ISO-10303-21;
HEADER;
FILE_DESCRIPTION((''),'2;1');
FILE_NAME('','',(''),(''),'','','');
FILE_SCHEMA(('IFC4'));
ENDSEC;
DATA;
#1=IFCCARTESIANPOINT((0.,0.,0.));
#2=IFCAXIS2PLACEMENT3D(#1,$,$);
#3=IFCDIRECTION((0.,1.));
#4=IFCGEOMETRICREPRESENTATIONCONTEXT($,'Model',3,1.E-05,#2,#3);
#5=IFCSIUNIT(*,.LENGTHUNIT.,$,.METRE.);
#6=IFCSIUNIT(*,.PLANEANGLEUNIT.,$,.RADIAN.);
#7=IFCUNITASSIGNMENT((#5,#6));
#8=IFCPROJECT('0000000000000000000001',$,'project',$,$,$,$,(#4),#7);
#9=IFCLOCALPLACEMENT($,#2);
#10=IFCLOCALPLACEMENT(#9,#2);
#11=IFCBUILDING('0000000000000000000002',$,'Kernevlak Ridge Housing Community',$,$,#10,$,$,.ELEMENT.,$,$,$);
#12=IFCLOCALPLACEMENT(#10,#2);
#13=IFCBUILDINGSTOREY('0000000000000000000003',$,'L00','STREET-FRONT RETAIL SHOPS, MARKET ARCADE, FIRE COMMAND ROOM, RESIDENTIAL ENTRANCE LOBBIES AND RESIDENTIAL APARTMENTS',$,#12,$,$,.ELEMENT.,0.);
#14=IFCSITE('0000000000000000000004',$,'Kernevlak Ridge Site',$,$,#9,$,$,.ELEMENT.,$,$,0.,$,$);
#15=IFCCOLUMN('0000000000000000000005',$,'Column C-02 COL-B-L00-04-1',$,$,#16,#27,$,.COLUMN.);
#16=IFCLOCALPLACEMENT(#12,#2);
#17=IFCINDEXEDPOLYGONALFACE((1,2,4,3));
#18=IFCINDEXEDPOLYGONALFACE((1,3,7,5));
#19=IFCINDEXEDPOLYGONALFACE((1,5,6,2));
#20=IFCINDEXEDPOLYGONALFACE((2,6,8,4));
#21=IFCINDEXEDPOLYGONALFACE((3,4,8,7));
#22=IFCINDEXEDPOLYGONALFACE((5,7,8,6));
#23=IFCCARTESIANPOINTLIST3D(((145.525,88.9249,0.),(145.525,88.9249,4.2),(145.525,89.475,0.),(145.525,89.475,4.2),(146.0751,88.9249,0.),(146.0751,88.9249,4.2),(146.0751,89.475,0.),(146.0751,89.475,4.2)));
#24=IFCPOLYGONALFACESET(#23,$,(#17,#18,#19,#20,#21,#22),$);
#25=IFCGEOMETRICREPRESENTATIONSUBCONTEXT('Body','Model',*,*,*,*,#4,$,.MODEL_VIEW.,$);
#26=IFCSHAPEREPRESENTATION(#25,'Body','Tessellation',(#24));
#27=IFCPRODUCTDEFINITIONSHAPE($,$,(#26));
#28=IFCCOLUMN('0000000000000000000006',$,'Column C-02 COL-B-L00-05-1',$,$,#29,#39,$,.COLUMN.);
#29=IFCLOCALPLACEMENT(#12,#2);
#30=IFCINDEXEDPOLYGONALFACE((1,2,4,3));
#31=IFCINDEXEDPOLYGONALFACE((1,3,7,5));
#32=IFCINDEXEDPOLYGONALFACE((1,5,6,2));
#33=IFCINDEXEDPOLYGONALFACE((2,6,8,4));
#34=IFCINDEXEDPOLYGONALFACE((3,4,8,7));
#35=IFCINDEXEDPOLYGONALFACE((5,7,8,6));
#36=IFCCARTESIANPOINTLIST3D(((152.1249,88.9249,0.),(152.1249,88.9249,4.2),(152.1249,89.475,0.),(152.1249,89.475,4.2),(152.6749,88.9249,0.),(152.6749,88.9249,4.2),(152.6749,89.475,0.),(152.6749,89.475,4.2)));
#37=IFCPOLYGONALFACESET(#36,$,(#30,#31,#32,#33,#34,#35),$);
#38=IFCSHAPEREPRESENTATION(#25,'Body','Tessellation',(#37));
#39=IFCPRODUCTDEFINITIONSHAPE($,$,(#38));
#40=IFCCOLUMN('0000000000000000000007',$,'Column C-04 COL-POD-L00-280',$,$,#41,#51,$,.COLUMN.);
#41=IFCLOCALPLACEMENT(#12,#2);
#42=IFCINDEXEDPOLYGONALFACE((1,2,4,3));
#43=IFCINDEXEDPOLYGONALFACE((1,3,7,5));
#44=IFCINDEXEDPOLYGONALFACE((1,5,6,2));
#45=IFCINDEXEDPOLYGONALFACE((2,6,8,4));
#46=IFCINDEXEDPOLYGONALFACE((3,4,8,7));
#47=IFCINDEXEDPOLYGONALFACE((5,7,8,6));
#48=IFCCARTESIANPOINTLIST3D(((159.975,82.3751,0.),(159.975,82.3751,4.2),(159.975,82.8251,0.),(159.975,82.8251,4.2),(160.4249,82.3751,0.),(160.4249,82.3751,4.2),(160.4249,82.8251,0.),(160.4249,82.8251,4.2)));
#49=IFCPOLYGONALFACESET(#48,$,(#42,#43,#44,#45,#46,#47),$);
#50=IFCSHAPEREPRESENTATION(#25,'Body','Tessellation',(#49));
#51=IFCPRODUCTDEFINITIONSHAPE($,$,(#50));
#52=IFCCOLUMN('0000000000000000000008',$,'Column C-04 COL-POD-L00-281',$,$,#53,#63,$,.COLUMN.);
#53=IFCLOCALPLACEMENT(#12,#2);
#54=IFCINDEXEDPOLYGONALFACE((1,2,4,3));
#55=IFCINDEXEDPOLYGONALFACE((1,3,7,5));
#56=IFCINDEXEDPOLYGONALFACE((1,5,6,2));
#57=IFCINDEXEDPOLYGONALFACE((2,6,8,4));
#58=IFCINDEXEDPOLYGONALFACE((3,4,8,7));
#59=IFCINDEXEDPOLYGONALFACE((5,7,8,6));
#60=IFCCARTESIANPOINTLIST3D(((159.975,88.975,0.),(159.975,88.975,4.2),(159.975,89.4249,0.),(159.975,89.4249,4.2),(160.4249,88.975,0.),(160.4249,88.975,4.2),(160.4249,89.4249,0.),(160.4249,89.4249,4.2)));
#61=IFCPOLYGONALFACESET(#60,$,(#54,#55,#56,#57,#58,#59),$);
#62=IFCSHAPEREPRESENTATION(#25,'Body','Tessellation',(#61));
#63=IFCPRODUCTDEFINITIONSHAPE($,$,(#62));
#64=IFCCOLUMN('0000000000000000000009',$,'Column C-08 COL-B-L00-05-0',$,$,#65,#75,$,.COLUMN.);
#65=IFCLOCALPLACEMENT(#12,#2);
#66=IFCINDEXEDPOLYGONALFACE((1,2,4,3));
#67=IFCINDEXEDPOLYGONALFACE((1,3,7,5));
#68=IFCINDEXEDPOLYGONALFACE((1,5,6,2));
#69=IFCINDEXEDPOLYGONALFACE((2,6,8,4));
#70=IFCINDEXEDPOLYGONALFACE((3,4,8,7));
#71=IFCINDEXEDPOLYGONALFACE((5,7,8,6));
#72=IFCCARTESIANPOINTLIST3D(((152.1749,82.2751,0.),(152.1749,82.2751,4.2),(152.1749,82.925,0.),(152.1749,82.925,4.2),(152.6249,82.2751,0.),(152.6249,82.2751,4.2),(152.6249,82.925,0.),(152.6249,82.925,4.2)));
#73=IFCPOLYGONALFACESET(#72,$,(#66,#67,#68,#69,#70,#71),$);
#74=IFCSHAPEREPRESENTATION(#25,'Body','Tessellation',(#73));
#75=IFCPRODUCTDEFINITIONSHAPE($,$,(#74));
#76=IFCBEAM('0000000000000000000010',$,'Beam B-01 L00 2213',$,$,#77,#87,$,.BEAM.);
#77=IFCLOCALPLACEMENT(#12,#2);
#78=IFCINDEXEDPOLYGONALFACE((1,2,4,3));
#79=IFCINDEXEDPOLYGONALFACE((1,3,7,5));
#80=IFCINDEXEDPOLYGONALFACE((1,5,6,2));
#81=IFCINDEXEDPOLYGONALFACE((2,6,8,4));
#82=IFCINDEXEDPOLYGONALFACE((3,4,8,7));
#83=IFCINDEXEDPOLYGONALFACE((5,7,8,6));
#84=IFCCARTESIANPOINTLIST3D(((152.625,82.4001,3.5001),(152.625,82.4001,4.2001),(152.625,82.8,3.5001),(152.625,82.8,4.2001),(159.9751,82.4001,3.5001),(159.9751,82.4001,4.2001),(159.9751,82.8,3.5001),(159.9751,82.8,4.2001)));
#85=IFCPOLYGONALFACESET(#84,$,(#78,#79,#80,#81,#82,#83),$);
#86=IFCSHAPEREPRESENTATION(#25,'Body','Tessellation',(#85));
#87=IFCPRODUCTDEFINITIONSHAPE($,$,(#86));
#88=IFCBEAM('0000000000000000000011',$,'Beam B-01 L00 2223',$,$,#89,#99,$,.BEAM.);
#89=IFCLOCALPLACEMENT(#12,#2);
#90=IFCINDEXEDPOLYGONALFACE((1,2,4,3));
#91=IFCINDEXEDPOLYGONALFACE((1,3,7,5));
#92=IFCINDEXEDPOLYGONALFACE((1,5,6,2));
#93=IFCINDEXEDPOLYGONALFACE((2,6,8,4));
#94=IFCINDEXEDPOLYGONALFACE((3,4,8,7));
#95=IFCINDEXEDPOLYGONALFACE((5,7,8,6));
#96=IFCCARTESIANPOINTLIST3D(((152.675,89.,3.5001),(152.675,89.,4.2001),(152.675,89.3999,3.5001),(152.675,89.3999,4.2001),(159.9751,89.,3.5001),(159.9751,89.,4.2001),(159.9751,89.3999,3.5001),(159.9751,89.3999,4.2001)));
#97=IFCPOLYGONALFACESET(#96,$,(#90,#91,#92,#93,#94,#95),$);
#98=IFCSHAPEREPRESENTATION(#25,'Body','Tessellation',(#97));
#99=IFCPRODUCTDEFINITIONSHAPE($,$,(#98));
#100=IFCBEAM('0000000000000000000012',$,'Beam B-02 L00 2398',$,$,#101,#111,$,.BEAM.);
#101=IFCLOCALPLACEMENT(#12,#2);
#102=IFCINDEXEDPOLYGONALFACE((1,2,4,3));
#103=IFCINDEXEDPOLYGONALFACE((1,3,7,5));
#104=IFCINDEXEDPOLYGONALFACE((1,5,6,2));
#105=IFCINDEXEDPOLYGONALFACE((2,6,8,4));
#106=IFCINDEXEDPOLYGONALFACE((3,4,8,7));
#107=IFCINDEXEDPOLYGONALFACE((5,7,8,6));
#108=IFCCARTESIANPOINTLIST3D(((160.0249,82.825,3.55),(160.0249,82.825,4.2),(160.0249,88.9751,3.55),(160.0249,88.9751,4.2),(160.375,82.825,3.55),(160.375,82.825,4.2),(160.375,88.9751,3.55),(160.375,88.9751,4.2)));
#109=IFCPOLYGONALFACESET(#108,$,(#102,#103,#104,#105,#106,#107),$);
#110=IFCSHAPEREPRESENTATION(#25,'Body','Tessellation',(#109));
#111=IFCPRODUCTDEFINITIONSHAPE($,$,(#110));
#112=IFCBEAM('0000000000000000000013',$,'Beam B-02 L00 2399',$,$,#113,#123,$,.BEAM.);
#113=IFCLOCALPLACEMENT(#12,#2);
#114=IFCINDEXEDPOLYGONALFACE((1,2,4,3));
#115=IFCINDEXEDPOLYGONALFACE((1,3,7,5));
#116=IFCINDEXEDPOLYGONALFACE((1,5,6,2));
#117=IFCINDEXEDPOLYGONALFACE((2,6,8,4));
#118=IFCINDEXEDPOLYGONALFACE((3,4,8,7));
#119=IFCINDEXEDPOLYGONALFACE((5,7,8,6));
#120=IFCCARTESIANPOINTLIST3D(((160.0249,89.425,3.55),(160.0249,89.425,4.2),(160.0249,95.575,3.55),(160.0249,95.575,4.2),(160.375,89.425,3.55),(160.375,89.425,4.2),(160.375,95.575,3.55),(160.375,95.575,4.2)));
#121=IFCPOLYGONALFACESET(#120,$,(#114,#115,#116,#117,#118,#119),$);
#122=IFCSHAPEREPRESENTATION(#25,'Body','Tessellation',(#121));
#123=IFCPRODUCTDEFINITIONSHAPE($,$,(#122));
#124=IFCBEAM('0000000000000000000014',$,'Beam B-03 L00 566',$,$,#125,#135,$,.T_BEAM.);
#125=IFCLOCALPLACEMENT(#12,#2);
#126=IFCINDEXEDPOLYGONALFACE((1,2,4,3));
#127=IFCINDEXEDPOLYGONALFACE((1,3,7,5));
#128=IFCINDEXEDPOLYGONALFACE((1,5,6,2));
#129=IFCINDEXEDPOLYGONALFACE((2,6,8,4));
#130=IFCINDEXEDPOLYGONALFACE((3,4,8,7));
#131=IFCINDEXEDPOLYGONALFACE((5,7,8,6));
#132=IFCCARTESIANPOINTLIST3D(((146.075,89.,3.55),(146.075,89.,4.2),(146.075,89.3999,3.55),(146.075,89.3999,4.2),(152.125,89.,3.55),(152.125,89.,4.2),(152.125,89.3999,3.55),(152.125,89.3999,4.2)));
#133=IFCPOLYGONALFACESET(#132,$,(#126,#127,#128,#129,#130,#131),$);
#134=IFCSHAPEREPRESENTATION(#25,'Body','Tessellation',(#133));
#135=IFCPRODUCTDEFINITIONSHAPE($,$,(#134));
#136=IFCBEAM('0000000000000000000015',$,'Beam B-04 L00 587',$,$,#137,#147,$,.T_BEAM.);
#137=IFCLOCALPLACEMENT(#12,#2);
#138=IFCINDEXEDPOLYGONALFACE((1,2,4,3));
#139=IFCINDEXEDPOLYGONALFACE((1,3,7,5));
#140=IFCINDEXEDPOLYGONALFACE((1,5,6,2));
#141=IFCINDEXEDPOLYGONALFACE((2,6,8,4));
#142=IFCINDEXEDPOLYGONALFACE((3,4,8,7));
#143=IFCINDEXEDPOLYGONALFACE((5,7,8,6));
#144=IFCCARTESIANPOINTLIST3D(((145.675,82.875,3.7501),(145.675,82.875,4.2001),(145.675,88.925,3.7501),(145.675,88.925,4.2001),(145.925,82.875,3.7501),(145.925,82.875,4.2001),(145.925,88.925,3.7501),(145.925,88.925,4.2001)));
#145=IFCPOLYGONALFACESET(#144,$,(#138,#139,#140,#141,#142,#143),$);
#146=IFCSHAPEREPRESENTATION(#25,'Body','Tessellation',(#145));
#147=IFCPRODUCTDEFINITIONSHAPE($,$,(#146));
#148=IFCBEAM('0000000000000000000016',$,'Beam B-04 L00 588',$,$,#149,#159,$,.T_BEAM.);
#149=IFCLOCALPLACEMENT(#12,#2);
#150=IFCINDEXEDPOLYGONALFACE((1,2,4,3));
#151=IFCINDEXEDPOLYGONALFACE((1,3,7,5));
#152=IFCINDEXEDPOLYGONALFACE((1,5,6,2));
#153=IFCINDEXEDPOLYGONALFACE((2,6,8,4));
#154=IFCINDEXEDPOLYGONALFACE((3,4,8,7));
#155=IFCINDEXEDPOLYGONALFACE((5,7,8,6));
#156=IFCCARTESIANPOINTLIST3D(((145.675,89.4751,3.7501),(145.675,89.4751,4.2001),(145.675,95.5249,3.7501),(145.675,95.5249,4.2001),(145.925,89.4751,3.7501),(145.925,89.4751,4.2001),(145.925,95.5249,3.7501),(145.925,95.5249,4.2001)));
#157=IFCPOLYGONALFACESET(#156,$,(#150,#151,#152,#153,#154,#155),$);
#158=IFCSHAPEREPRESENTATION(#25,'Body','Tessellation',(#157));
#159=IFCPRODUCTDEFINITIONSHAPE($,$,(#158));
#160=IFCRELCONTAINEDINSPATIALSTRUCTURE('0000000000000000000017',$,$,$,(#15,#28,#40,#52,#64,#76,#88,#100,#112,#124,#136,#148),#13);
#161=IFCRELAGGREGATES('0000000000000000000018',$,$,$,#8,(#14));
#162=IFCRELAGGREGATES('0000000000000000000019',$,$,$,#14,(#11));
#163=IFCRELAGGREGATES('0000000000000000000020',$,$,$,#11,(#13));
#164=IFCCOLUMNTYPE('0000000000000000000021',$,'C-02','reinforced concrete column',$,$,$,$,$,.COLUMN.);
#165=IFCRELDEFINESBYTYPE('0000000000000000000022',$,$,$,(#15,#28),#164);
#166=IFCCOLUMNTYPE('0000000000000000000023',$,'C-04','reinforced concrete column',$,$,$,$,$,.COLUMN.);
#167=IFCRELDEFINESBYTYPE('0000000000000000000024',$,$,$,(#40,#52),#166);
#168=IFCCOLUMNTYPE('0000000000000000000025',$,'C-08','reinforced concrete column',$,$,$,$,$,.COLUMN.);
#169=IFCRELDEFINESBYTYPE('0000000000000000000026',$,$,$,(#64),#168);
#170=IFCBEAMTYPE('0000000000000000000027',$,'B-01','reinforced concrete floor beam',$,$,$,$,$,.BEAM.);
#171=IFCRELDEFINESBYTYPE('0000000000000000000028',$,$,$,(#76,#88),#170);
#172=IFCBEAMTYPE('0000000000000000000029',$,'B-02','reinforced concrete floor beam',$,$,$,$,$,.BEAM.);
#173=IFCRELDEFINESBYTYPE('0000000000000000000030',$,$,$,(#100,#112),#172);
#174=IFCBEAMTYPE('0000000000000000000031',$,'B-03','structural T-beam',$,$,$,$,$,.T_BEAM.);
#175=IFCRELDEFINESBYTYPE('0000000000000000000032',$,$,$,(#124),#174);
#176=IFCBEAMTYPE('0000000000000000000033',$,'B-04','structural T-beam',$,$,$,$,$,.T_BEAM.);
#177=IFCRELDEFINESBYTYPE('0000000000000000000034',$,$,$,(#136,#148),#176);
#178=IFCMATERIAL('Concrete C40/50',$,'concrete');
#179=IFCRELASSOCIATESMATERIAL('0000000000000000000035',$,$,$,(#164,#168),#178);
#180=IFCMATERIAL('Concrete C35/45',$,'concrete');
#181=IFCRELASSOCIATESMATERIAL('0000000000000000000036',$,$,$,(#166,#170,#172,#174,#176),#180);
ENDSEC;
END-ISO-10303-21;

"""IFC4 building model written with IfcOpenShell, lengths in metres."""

from ifc_helpers import new_model, si_unit, direction, frame, origin, origin_2d, place, context, subcontext, project, spatial, rectangle, extrude, material, material_profile, profile_set, type_object, element, save


model = new_model("IFC4")

# Units and contexts
model_context = context("Model", 3, precision=1e-05, world=origin(), true_north=direction((0.0, 1.0)))
body_context = subcontext(model_context, "Body", "Model", "MODEL_VIEW")
ifc_project = project(units=[si_unit("LENGTHUNIT", "METRE"), si_unit("PLANEANGLEUNIT", "RADIAN")], contexts=[model_context])

# Site, building, storey
site_placement = place(None, origin())
site = spatial("IfcSite", under=ifc_project, at=site_placement, Name="Kernevlak Ridge Site", CompositionType="ELEMENT", RefElevation=0.0)
building_placement = place(site_placement, origin())
building = spatial("IfcBuilding", under=site, at=building_placement, Name="Kernevlak Ridge Housing Community", CompositionType="ELEMENT")
storey_placement = place(building_placement, origin())
storey = spatial("IfcBuildingStorey", under=building, at=storey_placement, Name="L00", Description="STREET-FRONT RETAIL SHOPS, MARKET ARCADE, FIRE COMMAND ROOM, RESIDENTIAL ENTRANCE LOBBIES AND RESIDENTIAL APARTMENTS", CompositionType="ELEMENT", Elevation=0.0)

# Columns
ifc_material_1 = material(Name="Concrete C40/50", Category="concrete")
ifc_material_profile_1 = material_profile(ifc_material_1, rectangle(XDim=0.55, YDim=0.55, at=origin_2d()), Name="RC 550x550")
ifc_profile_set_1 = profile_set([ifc_material_profile_1], Name="Concrete C40/50")
column_type_1 = type_object("IfcColumnType", Name="C-02", Description="reinforced concrete column", PredefinedType="COLUMN", material=ifc_profile_set_1)
for number, where, z_axis, x_axis, name in (
    (1, (145.8, 89.2, 0.0), (0.0, 0.0, 1.0), (1.0, 0.0, 0.0), "Column C-02 COL-B-L00-04-1"),
    (2, (152.3999, 89.2, 0.0), (0.0, 0.0, 1.0), (1.0, 0.0, 0.0), "Column C-02 COL-B-L00-05-1"),
):
    element("IfcColumn", number, at=place(storey_placement, frame(where, z_axis=z_axis, x_axis=x_axis)), inside=storey, type_object=column_type_1, Name=name, PredefinedType="COLUMN", context=body_context, shape_type="SweptSolid", body=[
        extrude(rectangle(XDim=0.55, YDim=0.55, at=origin_2d()), origin(), (0.0, 0.0, 1.0), 4.2),
    ])
ifc_material_2 = material(Name="Concrete C35/45", Category="concrete")
ifc_material_profile_2 = material_profile(ifc_material_2, rectangle(XDim=0.45, YDim=0.45, at=origin_2d()), Name="RC 450x450")
ifc_profile_set_2 = profile_set([ifc_material_profile_2], Name="Concrete C35/45")
column_type_2 = type_object("IfcColumnType", Name="C-04", Description="reinforced concrete column", PredefinedType="COLUMN", material=ifc_profile_set_2)
for number, where, z_axis, x_axis, name in (
    (3, (160.2, 82.6001, 0.0), (0.0, 0.0, 1.0), (1.0, 0.0, 0.0), "Column C-04 COL-POD-L00-280"),
    (4, (160.2, 89.2, 0.0), (0.0, 0.0, 1.0), (1.0, 0.0, 0.0), "Column C-04 COL-POD-L00-281"),
):
    element("IfcColumn", number, at=place(storey_placement, frame(where, z_axis=z_axis, x_axis=x_axis)), inside=storey, type_object=column_type_2, Name=name, PredefinedType="COLUMN", context=body_context, shape_type="SweptSolid", body=[
        extrude(rectangle(XDim=0.45, YDim=0.45, at=origin_2d()), origin(), (0.0, 0.0, 1.0), 4.2),
    ])
ifc_material_profile_3 = material_profile(ifc_material_1, rectangle(XDim=0.45, YDim=0.6499, at=origin_2d()), Name="RC 450x650")
ifc_profile_set_3 = profile_set([ifc_material_profile_3], Name="Concrete C40/50")
column_type_3 = type_object("IfcColumnType", Name="C-08", Description="reinforced concrete column", PredefinedType="COLUMN", material=ifc_profile_set_3)
column_placement = place(storey_placement, frame((152.3999, 82.6001, 0.0), z_axis=(0.0, 0.0, 1.0), x_axis=(1.0, 0.0, 0.0)))
element("IfcColumn", 5, at=column_placement, inside=storey, type_object=column_type_3, Name="Column C-08 COL-B-L00-05-0", PredefinedType="COLUMN", context=body_context, shape_type="SweptSolid", body=[
    extrude(rectangle(XDim=0.45, YDim=0.6499, at=origin_2d()), origin(), (0.0, 0.0, 1.0), 4.2),
])

# Beams
ifc_material_profile_4 = material_profile(ifc_material_2, rectangle(XDim=0.3999, YDim=0.7, at=origin_2d()), Name="RC 400x700")
ifc_profile_set_4 = profile_set([ifc_material_profile_4], Name="Concrete C35/45")
beam_type_1 = type_object("IfcBeamType", Name="B-01", Description="reinforced concrete floor beam", PredefinedType="BEAM", material=ifc_profile_set_4)
beam_1_placement = place(storey_placement, frame((152.625, 82.6001, 3.8501), z_axis=(1.0, 0.0, 0.0), x_axis=(0.0, 1.0, 0.0)))
element("IfcBeam", 6, at=beam_1_placement, inside=storey, type_object=beam_type_1, Name="Beam B-01 L00 2213", PredefinedType="BEAM", context=body_context, shape_type="SweptSolid", body=[
    extrude(rectangle(XDim=0.3999, YDim=0.7, at=origin_2d()), origin(), (0.0, 0.0, 1.0), 7.3501),
])
beam_2_placement = place(storey_placement, frame((152.675, 89.2, 3.8501), z_axis=(1.0, 0.0, 0.0), x_axis=(0.0, 1.0, 0.0)))
element("IfcBeam", 7, at=beam_2_placement, inside=storey, type_object=beam_type_1, Name="Beam B-01 L00 2223", PredefinedType="BEAM", context=body_context, shape_type="SweptSolid", body=[
    extrude(rectangle(XDim=0.3999, YDim=0.7, at=origin_2d()), origin(), (0.0, 0.0, 1.0), 7.3),
])
ifc_material_profile_5 = material_profile(ifc_material_2, rectangle(XDim=0.3501, YDim=0.6499, at=origin_2d()), Name="RC 350x650")
ifc_profile_set_5 = profile_set([ifc_material_profile_5], Name="Concrete C35/45")
beam_type_2 = type_object("IfcBeamType", Name="B-02", Description="reinforced concrete floor beam", PredefinedType="BEAM", material=ifc_profile_set_5)
beam_3_placement = place(storey_placement, frame((160.2, 82.825, 3.875), z_axis=(0.0, 1.0, 0.0), x_axis=(-1.0, 0.0, 0.0)))
element("IfcBeam", 8, at=beam_3_placement, inside=storey, type_object=beam_type_2, Name="Beam B-02 L00 2398", PredefinedType="BEAM", context=body_context, shape_type="SweptSolid", body=[
    extrude(rectangle(XDim=0.3501, YDim=0.6499, at=origin_2d()), origin(), (0.0, 0.0, 1.0), 6.1501),
])
beam_4_placement = place(storey_placement, frame((160.2, 89.425, 3.875), z_axis=(0.0, 1.0, 0.0), x_axis=(-1.0, 0.0, 0.0)))
element("IfcBeam", 9, at=beam_4_placement, inside=storey, type_object=beam_type_2, Name="Beam B-02 L00 2399", PredefinedType="BEAM", context=body_context, shape_type="SweptSolid", body=[
    extrude(rectangle(XDim=0.3501, YDim=0.6499, at=origin_2d()), origin(), (0.0, 0.0, 1.0), 6.1499),
])
ifc_material_profile_6 = material_profile(ifc_material_2, rectangle(XDim=0.3999, YDim=0.6499, at=origin_2d()), Name="RC 400x650")
ifc_profile_set_6 = profile_set([ifc_material_profile_6], Name="Concrete C35/45")
beam_type_3 = type_object("IfcBeamType", Name="B-03", Description="structural T-beam", PredefinedType="T_BEAM", material=ifc_profile_set_6)
beam_5_placement = place(storey_placement, frame((146.075, 89.2, 3.875), z_axis=(1.0, 0.0, 0.0), x_axis=(0.0, 1.0, 0.0)))
element("IfcBeam", 10, at=beam_5_placement, inside=storey, type_object=beam_type_3, Name="Beam B-03 L00 566", PredefinedType="T_BEAM", context=body_context, shape_type="SweptSolid", body=[
    extrude(rectangle(XDim=0.3999, YDim=0.6499, at=origin_2d()), origin(), (0.0, 0.0, 1.0), 6.05),
])
ifc_material_profile_7 = material_profile(ifc_material_2, rectangle(XDim=0.25, YDim=0.45, at=origin_2d()), Name="RC 250x450")
ifc_profile_set_7 = profile_set([ifc_material_profile_7], Name="Concrete C35/45")
beam_type_4 = type_object("IfcBeamType", Name="B-04", Description="structural T-beam", PredefinedType="T_BEAM", material=ifc_profile_set_7)
beam_6_placement = place(storey_placement, frame((145.8, 82.875, 3.9751), z_axis=(0.0, 1.0, 0.0), x_axis=(-1.0, 0.0, 0.0)))
element("IfcBeam", 11, at=beam_6_placement, inside=storey, type_object=beam_type_4, Name="Beam B-04 L00 587", PredefinedType="T_BEAM", context=body_context, shape_type="SweptSolid", body=[
    extrude(rectangle(XDim=0.25, YDim=0.45, at=origin_2d()), origin(), (0.0, 0.0, 1.0), 6.05),
])
beam_7_placement = place(storey_placement, frame((145.8, 89.4751, 3.9751), z_axis=(0.0, 1.0, 0.0), x_axis=(-1.0, 0.0, 0.0)))
element("IfcBeam", 12, at=beam_7_placement, inside=storey, type_object=beam_type_4, Name="Beam B-04 L00 588", PredefinedType="T_BEAM", context=body_context, shape_type="SweptSolid", body=[
    extrude(rectangle(XDim=0.25, YDim=0.45, at=origin_2d()), origin(), (0.0, 0.0, 1.0), 6.0498),
])

save(model, "model.ifc")
